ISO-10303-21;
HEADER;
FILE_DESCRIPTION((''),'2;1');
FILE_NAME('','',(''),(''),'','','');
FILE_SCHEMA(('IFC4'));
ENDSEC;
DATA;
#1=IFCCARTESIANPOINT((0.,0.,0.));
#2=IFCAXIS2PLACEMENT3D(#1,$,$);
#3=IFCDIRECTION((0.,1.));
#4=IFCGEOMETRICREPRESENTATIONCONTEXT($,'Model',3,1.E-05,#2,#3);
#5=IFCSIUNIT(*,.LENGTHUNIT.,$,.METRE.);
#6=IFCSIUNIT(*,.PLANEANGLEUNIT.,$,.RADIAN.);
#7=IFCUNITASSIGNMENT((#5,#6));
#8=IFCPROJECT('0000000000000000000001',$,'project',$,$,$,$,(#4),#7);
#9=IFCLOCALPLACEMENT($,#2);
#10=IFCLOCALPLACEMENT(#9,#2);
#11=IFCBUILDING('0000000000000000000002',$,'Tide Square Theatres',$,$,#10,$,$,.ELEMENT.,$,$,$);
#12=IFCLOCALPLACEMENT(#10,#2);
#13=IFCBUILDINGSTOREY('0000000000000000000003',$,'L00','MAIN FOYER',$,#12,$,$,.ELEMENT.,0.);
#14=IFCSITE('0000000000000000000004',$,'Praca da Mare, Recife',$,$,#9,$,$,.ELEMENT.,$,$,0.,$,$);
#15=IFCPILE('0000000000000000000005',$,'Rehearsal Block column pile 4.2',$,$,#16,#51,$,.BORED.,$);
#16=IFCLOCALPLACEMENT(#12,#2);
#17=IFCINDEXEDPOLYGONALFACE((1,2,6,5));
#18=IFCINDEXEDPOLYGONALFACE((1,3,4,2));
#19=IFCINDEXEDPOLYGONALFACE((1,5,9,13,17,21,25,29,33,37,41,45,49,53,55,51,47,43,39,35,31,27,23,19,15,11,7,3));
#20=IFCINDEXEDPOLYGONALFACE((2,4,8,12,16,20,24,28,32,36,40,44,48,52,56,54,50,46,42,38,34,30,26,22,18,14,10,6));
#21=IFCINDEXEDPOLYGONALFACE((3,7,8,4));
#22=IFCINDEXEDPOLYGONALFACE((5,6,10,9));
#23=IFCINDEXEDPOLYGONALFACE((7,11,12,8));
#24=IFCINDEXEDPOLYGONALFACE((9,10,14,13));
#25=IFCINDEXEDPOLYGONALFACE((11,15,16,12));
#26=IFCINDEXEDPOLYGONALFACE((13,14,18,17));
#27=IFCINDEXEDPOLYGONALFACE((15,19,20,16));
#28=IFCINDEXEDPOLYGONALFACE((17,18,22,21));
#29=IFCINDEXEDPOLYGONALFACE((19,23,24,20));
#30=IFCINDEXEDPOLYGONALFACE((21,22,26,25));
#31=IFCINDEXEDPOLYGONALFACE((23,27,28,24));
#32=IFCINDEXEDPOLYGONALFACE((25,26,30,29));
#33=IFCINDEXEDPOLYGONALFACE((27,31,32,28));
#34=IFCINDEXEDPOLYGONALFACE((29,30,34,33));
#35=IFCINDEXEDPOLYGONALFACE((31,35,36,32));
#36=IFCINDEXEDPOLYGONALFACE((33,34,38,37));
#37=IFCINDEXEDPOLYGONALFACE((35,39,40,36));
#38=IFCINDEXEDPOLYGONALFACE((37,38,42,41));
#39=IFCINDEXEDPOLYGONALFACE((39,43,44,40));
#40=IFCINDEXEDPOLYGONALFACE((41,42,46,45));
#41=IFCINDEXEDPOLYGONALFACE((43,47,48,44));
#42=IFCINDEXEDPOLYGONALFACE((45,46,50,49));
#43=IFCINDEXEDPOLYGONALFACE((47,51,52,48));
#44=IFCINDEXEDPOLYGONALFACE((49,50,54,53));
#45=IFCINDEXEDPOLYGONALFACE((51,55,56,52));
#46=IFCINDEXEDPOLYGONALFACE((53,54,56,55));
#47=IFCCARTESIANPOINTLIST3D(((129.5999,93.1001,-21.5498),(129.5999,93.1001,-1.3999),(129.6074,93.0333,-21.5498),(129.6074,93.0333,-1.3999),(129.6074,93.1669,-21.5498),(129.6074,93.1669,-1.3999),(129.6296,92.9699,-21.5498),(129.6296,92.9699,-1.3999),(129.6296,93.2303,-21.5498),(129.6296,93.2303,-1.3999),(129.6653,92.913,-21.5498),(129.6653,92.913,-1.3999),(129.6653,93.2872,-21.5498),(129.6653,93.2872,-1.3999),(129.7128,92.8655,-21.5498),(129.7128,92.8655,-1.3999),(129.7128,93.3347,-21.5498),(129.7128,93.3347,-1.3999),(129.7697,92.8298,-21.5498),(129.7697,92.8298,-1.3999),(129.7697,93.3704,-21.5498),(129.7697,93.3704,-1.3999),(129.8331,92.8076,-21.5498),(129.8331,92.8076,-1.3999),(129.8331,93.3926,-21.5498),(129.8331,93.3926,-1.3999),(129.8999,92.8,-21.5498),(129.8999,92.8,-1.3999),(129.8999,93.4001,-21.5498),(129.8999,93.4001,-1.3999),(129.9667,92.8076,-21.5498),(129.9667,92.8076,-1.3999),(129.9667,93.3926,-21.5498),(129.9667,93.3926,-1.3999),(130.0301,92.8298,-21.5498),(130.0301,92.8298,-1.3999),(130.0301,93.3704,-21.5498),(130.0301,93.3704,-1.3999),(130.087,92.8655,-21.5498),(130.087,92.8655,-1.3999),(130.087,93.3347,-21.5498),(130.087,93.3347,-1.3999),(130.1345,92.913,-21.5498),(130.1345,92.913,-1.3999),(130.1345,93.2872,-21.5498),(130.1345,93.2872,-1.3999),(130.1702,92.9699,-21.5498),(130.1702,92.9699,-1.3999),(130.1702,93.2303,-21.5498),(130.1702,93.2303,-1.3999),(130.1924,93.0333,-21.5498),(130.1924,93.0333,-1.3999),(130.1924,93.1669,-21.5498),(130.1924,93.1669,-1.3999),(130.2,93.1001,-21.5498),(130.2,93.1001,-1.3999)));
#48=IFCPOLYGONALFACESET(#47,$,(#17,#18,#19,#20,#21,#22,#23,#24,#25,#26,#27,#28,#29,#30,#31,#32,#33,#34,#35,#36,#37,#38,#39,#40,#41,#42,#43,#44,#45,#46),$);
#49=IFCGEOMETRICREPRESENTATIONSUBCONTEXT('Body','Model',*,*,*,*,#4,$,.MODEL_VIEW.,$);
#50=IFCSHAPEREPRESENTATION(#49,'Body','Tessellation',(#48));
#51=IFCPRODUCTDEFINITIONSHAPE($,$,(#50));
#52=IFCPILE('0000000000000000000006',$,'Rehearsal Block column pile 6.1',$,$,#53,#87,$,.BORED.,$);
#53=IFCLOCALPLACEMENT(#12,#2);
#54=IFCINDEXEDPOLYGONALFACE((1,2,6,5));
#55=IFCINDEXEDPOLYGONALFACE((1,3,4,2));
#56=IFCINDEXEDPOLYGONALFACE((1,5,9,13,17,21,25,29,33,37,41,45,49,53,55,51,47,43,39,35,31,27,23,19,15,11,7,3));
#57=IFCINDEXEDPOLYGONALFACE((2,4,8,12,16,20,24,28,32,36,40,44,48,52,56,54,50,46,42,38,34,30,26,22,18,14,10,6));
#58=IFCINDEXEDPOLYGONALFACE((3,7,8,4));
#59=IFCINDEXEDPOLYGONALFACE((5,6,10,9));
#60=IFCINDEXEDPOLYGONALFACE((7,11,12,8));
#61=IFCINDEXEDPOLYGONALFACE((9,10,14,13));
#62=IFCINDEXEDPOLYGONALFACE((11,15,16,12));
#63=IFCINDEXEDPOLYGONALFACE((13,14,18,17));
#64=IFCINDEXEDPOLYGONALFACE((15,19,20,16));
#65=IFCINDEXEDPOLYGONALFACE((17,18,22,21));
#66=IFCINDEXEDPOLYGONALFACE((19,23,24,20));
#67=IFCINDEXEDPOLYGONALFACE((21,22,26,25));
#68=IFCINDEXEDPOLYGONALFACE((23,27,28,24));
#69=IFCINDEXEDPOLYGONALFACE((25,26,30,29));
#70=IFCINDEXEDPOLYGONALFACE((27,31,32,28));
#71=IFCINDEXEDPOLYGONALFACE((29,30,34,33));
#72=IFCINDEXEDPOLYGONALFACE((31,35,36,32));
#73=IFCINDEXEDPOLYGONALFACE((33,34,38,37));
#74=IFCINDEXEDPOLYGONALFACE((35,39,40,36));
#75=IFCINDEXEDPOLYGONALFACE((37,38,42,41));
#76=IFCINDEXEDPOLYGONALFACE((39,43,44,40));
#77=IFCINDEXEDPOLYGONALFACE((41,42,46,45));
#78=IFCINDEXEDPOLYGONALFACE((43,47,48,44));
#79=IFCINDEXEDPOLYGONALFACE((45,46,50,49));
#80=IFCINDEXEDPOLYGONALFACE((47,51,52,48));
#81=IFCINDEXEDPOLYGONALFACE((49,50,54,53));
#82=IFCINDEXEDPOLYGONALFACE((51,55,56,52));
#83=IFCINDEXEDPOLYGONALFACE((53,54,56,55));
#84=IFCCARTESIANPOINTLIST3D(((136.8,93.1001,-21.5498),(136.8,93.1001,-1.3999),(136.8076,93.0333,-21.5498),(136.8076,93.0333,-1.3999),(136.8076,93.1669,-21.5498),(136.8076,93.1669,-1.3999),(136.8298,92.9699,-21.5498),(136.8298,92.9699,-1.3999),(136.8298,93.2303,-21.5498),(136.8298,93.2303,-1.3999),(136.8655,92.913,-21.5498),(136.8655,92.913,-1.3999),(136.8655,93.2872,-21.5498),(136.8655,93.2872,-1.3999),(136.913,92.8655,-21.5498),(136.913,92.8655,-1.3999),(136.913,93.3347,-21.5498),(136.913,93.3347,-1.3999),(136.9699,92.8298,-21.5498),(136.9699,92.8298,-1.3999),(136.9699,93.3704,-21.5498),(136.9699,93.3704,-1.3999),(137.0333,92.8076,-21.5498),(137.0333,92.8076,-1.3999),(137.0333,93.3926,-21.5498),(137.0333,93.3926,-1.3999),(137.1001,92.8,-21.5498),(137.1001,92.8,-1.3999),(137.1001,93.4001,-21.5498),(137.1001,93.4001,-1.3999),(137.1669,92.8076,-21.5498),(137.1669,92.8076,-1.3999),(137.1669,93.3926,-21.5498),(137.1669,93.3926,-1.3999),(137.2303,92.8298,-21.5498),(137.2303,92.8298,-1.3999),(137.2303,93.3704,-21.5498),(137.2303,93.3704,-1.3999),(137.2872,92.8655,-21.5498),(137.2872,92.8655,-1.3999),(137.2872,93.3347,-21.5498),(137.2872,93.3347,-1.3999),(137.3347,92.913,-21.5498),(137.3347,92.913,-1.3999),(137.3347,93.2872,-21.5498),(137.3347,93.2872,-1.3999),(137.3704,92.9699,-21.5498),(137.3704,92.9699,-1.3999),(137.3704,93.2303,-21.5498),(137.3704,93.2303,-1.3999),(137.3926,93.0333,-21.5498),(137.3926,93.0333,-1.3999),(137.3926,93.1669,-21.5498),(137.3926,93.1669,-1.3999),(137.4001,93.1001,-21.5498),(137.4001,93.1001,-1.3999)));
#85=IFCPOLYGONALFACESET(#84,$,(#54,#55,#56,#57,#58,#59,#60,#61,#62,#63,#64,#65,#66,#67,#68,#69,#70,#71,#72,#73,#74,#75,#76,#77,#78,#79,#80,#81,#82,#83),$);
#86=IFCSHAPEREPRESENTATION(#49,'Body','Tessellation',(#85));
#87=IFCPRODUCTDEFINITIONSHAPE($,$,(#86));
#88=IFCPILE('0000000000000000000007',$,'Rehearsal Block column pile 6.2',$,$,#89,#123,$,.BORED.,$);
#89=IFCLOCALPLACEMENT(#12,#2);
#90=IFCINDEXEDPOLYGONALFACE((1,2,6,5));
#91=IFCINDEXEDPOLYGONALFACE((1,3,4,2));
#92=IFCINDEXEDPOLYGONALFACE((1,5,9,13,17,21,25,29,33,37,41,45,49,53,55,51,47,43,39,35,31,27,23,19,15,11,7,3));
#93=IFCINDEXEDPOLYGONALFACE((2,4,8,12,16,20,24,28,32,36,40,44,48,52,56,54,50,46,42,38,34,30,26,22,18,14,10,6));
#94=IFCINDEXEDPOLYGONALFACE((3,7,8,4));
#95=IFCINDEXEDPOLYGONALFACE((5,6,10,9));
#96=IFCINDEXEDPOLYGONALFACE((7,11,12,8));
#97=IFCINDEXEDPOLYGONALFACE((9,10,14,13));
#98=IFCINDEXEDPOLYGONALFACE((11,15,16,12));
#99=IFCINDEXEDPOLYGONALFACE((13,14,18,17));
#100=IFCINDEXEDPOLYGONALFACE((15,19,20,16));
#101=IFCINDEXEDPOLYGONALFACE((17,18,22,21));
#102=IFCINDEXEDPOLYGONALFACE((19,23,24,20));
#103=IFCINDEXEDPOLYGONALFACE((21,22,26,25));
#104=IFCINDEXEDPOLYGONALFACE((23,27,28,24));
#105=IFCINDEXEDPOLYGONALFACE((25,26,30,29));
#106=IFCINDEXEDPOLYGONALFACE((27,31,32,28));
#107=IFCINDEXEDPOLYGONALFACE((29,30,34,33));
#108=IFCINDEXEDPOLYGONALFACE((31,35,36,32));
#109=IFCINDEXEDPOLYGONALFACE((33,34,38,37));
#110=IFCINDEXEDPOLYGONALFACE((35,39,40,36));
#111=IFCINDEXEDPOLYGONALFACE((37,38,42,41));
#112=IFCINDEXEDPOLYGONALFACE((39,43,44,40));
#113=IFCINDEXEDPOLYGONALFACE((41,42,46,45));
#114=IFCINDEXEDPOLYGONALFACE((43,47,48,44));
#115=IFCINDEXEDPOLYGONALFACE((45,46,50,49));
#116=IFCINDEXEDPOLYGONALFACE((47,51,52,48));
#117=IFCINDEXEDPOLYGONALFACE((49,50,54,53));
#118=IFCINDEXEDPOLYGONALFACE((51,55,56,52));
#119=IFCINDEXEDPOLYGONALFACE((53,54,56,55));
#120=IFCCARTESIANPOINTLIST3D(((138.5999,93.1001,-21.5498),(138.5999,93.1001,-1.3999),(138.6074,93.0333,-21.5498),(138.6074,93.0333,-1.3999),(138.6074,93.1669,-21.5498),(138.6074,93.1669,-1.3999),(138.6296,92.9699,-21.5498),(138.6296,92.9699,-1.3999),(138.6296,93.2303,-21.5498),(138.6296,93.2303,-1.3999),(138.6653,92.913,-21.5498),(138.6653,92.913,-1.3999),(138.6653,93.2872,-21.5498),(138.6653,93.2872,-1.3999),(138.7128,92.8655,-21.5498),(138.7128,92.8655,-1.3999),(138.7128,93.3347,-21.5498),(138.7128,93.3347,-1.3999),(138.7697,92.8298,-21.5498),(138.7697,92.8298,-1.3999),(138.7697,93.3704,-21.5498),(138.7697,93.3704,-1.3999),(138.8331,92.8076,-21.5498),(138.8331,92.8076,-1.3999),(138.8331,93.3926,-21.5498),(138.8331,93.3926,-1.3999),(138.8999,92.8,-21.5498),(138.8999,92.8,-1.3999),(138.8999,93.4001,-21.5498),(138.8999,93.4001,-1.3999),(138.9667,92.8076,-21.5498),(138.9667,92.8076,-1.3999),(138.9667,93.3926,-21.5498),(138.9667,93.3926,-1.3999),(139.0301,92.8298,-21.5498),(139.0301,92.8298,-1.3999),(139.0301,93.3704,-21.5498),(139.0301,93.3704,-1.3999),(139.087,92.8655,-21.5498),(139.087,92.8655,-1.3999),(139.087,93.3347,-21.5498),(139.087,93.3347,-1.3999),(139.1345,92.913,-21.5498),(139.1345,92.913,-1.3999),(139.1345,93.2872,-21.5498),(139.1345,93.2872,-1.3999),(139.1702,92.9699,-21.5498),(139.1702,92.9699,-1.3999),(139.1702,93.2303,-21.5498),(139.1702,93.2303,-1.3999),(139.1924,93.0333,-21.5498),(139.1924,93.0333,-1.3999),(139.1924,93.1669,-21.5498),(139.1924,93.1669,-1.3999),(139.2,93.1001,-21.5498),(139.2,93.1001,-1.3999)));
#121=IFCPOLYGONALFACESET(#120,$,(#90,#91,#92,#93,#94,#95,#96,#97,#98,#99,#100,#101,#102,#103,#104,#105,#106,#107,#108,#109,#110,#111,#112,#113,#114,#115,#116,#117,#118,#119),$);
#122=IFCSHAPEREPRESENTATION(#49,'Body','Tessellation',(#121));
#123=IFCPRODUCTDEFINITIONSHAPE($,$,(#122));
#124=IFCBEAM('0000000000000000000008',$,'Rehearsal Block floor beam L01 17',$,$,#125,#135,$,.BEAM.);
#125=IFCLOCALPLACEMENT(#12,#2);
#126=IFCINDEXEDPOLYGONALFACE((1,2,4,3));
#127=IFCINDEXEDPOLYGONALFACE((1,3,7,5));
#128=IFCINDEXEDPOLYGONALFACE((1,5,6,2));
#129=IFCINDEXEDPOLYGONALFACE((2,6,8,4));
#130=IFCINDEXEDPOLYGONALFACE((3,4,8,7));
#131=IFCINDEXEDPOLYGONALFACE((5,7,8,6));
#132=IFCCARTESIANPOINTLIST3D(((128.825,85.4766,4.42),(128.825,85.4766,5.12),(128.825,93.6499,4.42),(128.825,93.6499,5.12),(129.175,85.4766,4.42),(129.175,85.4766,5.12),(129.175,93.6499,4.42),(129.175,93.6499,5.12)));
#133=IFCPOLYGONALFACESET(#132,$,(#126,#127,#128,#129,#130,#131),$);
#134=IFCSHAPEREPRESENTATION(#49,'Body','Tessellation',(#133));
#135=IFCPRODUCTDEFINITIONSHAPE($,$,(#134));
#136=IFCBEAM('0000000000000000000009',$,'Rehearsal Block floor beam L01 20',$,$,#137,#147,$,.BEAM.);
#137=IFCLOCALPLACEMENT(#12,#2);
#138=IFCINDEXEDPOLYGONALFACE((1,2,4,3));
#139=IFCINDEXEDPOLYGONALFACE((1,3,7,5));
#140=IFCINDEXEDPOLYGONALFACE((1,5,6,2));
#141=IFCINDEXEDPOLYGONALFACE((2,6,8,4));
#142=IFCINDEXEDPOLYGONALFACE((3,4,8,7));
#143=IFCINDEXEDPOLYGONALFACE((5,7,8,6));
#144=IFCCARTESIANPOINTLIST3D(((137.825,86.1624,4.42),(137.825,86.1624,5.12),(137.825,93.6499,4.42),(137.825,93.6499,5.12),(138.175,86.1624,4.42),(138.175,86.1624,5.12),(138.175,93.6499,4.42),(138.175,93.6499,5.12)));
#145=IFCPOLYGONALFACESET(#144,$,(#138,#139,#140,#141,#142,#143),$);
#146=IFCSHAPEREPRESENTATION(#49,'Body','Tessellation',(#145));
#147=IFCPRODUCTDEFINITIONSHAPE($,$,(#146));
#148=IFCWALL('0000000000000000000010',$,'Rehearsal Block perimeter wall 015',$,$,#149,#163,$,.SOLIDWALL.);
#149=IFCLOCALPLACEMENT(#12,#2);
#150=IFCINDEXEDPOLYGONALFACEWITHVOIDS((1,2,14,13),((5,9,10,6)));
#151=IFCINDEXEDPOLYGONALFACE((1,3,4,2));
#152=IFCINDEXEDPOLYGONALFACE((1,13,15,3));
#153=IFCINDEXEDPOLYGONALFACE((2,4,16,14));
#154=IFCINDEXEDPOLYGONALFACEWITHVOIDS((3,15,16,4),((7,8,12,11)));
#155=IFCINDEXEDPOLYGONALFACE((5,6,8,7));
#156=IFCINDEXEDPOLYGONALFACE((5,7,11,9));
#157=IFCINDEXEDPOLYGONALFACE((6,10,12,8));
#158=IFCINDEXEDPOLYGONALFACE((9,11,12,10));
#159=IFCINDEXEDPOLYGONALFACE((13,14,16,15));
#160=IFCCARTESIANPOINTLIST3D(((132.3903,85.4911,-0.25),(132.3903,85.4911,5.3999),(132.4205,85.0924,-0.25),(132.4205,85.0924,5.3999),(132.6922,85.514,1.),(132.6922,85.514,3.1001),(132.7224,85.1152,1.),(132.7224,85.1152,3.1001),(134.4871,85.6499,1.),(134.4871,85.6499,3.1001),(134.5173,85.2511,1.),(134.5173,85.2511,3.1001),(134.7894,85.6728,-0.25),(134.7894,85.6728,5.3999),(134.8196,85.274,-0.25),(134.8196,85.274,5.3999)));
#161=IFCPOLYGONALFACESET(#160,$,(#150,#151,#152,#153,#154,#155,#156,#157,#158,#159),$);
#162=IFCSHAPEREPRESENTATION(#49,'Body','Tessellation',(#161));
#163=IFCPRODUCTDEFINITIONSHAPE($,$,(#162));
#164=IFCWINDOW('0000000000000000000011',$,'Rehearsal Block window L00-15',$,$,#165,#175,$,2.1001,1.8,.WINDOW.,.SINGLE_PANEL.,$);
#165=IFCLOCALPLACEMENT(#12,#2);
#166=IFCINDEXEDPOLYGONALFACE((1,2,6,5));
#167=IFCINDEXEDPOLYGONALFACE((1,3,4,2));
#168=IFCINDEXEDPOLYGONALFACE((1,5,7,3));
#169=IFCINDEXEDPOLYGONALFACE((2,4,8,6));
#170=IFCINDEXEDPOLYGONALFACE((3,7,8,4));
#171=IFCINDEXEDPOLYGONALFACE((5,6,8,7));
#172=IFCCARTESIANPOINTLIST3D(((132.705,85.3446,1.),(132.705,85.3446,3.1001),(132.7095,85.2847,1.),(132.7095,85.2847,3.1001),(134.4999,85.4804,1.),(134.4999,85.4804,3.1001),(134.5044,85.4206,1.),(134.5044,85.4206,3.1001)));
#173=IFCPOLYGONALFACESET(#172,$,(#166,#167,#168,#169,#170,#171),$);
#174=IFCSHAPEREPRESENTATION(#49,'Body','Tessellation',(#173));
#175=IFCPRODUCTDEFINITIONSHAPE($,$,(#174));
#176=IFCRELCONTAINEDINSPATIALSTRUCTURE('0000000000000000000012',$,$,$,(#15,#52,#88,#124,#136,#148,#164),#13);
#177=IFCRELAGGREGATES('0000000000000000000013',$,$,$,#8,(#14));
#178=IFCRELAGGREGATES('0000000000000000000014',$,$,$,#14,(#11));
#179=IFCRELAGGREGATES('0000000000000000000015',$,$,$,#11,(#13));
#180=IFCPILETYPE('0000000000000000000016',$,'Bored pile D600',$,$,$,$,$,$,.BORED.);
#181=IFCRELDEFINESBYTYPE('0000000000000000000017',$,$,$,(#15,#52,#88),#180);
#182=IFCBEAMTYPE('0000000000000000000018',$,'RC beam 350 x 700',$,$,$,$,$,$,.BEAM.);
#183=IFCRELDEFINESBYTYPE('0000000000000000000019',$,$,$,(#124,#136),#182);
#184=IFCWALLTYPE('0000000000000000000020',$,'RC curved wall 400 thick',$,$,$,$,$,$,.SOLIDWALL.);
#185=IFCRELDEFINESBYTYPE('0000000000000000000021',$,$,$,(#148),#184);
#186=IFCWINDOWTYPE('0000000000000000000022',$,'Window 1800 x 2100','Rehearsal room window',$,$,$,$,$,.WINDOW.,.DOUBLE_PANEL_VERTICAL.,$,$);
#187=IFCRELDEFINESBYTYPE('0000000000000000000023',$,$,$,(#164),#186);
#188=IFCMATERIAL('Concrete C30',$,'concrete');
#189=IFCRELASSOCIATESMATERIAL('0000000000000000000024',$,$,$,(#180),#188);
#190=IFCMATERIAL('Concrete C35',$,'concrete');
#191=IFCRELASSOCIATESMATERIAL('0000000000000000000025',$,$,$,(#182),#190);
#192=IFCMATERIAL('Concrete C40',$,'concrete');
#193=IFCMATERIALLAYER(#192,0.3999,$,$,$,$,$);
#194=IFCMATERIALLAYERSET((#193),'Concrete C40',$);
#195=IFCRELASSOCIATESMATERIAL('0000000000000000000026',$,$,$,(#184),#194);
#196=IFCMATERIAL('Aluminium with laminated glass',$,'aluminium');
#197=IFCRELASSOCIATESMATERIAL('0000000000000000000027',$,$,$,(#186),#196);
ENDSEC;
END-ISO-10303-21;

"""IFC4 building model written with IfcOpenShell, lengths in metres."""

from ifc_helpers import new_model, si_unit, direction, frame, frame_2d, origin, origin_2d, place, context, subcontext, project, spatial, rectangle, circle, extrude, material, layer, layer_set, material_profile, profile_set, type_object, element, fill, save


model = new_model("IFC4")

# Units and contexts
model_context = context("Model", 3, precision=1e-05, world=origin(), true_north=direction((0.0, 1.0)))
body_context = subcontext(model_context, "Body", "Model", "MODEL_VIEW")
ifc_project = project(units=[si_unit("LENGTHUNIT", "METRE"), si_unit("PLANEANGLEUNIT", "RADIAN")], contexts=[model_context])

# Site, building, storey
site_placement = place(None, origin())
site = spatial("IfcSite", under=ifc_project, at=site_placement, Name="Praca da Mare, Recife", CompositionType="ELEMENT", RefElevation=0.0)
building_placement = place(site_placement, origin())
building = spatial("IfcBuilding", under=site, at=building_placement, Name="Tide Square Theatres", CompositionType="ELEMENT")
storey_placement = place(building_placement, origin())
storey = spatial("IfcBuildingStorey", under=building, at=storey_placement, Name="L00", Description="MAIN FOYER", CompositionType="ELEMENT", Elevation=0.0)

# Piles
ifc_material_1 = material(Name="Concrete C30", Category="concrete")
ifc_material_profile_1 = material_profile(ifc_material_1, circle(Radius=0.3, at=origin_2d()))
ifc_profile_set_1 = profile_set([ifc_material_profile_1], Name="Concrete C30")
pile_type = type_object("IfcPileType", Name="Bored pile D600", PredefinedType="BORED", material=ifc_profile_set_1)
for number, where, z_axis, x_axis, name in (
    (1, (129.8999, 93.1001, -1.3999), (0.0, 0.0, -1.0), (1.0, 0.0, 0.0), "Rehearsal Block column pile 4.2"),
    (2, (137.1001, 93.1001, -1.3999), (0.0, 0.0, -1.0), (1.0, 0.0, 0.0), "Rehearsal Block column pile 6.1"),
    (3, (138.8999, 93.1001, -1.3999), (0.0, 0.0, -1.0), (1.0, 0.0, 0.0), "Rehearsal Block column pile 6.2"),
):
    element("IfcPile", number, at=place(storey_placement, frame(where, z_axis=z_axis, x_axis=x_axis)), inside=storey, type_object=pile_type, Name=name, PredefinedType="BORED", context=body_context, shape_type="SweptSolid", body=[
        extrude(circle(Radius=0.3, at=origin_2d()), origin(), (0.0, 0.0, 1.0), 20.1499),
    ])

# Beams
ifc_material_2 = material(Name="Concrete C35", Category="concrete")
ifc_material_profile_2 = material_profile(ifc_material_2, rectangle(XDim=0.3501, YDim=0.7, at=origin_2d()))
ifc_profile_set_2 = profile_set([ifc_material_profile_2], Name="Concrete C35")
beam_type = type_object("IfcBeamType", Name="RC beam 350 x 700", PredefinedType="BEAM", material=ifc_profile_set_2)
beam_1_placement = place(storey_placement, frame((129.0, 85.4766, 4.77), z_axis=(0.0, 1.0, 0.0), x_axis=(-1.0, 0.0, 0.0)))
element("IfcBeam", 4, at=beam_1_placement, inside=storey, type_object=beam_type, Name="Rehearsal Block floor beam L01 17", PredefinedType="BEAM", context=body_context, shape_type="SweptSolid", body=[
    extrude(rectangle(XDim=0.3501, YDim=0.7, at=origin_2d()), origin(), (0.0, 0.0, 1.0), 8.1733),
])
beam_2_placement = place(storey_placement, frame((138.0, 86.1624, 4.77), z_axis=(0.0, 1.0, 0.0), x_axis=(-1.0, 0.0, 0.0)))
element("IfcBeam", 5, at=beam_2_placement, inside=storey, type_object=beam_type, Name="Rehearsal Block floor beam L01 20", PredefinedType="BEAM", context=body_context, shape_type="SweptSolid", body=[
    extrude(rectangle(XDim=0.3501, YDim=0.7, at=origin_2d()), origin(), (0.0, 0.0, 1.0), 7.4875),
])

# Wall, opening, window
ifc_material_3 = material(Name="Concrete C40", Category="concrete")
ifc_layer = layer(ifc_material_3, 0.3999)
ifc_layer_set = layer_set([ifc_layer], Name="Concrete C40")
wall_type = type_object("IfcWallType", Name="RC curved wall 400 thick", PredefinedType="SOLIDWALL", material=ifc_layer_set)
wall_1_placement = place(storey_placement, frame((132.4053, 85.2917, -0.25), z_axis=(0.0, 0.0, 1.0), x_axis=(0.997146, 0.075494, 0.0)))
wall_1 = element("IfcWall", 6, at=wall_1_placement, inside=storey, type_object=wall_type, Name="Rehearsal Block perimeter wall 015", PredefinedType="SOLIDWALL", context=body_context, shape_type="SweptSolid", body=[
    extrude(rectangle(XDim=2.406, YDim=0.3999, at=frame_2d((1.2031, 0.0))), origin(), (0.0, 0.0, 1.0), 5.6499),
])
opening_1_placement = place(wall_1_placement, frame((0.303, 0.0, 1.25)))
opening_1 = element("IfcOpeningElement", 7, at=opening_1_placement, cuts=wall_1, PredefinedType="OPENING", context=body_context, shape_type="SweptSolid", body=[
    extrude(rectangle(XDim=1.8, YDim=2.1001, at=frame_2d((0.8999, 1.05))), frame((0.0, 0.21, 0.0), z_axis=(0.0, -1.0, 0.0), x_axis=(1.0, 0.0, 0.0)), (0.0, 0.0, 1.0), 0.4199),
])
ifc_material_4 = material(Name="Aluminium with laminated glass", Category="aluminium")
window_type = type_object("IfcWindowType", Name="Window 1800 x 2100", Description="Rehearsal room window", PartitioningType="DOUBLE_PANEL_VERTICAL", PredefinedType="WINDOW", material=ifc_material_4)
window_1_placement = place(opening_1_placement, origin())
window_1 = element("IfcWindow", 8, at=window_1_placement, inside=storey, type_object=window_type, Name="Rehearsal Block window L00-15", OverallHeight=2.1001, OverallWidth=1.8, PartitioningType="SINGLE_PANEL", PredefinedType="WINDOW", context=body_context, shape_type="SweptSolid", body=[
    extrude(rectangle(XDim=1.8, YDim=2.1001, at=frame_2d((0.8999, 1.05))), frame((0.0, 0.03, 0.0), z_axis=(0.0, -1.0, 0.0), x_axis=(1.0, 0.0, 0.0)), (0.0, 0.0, 1.0), 0.0601),
])
fill(opening_1, window_1)

save(model, "model.ifc")
